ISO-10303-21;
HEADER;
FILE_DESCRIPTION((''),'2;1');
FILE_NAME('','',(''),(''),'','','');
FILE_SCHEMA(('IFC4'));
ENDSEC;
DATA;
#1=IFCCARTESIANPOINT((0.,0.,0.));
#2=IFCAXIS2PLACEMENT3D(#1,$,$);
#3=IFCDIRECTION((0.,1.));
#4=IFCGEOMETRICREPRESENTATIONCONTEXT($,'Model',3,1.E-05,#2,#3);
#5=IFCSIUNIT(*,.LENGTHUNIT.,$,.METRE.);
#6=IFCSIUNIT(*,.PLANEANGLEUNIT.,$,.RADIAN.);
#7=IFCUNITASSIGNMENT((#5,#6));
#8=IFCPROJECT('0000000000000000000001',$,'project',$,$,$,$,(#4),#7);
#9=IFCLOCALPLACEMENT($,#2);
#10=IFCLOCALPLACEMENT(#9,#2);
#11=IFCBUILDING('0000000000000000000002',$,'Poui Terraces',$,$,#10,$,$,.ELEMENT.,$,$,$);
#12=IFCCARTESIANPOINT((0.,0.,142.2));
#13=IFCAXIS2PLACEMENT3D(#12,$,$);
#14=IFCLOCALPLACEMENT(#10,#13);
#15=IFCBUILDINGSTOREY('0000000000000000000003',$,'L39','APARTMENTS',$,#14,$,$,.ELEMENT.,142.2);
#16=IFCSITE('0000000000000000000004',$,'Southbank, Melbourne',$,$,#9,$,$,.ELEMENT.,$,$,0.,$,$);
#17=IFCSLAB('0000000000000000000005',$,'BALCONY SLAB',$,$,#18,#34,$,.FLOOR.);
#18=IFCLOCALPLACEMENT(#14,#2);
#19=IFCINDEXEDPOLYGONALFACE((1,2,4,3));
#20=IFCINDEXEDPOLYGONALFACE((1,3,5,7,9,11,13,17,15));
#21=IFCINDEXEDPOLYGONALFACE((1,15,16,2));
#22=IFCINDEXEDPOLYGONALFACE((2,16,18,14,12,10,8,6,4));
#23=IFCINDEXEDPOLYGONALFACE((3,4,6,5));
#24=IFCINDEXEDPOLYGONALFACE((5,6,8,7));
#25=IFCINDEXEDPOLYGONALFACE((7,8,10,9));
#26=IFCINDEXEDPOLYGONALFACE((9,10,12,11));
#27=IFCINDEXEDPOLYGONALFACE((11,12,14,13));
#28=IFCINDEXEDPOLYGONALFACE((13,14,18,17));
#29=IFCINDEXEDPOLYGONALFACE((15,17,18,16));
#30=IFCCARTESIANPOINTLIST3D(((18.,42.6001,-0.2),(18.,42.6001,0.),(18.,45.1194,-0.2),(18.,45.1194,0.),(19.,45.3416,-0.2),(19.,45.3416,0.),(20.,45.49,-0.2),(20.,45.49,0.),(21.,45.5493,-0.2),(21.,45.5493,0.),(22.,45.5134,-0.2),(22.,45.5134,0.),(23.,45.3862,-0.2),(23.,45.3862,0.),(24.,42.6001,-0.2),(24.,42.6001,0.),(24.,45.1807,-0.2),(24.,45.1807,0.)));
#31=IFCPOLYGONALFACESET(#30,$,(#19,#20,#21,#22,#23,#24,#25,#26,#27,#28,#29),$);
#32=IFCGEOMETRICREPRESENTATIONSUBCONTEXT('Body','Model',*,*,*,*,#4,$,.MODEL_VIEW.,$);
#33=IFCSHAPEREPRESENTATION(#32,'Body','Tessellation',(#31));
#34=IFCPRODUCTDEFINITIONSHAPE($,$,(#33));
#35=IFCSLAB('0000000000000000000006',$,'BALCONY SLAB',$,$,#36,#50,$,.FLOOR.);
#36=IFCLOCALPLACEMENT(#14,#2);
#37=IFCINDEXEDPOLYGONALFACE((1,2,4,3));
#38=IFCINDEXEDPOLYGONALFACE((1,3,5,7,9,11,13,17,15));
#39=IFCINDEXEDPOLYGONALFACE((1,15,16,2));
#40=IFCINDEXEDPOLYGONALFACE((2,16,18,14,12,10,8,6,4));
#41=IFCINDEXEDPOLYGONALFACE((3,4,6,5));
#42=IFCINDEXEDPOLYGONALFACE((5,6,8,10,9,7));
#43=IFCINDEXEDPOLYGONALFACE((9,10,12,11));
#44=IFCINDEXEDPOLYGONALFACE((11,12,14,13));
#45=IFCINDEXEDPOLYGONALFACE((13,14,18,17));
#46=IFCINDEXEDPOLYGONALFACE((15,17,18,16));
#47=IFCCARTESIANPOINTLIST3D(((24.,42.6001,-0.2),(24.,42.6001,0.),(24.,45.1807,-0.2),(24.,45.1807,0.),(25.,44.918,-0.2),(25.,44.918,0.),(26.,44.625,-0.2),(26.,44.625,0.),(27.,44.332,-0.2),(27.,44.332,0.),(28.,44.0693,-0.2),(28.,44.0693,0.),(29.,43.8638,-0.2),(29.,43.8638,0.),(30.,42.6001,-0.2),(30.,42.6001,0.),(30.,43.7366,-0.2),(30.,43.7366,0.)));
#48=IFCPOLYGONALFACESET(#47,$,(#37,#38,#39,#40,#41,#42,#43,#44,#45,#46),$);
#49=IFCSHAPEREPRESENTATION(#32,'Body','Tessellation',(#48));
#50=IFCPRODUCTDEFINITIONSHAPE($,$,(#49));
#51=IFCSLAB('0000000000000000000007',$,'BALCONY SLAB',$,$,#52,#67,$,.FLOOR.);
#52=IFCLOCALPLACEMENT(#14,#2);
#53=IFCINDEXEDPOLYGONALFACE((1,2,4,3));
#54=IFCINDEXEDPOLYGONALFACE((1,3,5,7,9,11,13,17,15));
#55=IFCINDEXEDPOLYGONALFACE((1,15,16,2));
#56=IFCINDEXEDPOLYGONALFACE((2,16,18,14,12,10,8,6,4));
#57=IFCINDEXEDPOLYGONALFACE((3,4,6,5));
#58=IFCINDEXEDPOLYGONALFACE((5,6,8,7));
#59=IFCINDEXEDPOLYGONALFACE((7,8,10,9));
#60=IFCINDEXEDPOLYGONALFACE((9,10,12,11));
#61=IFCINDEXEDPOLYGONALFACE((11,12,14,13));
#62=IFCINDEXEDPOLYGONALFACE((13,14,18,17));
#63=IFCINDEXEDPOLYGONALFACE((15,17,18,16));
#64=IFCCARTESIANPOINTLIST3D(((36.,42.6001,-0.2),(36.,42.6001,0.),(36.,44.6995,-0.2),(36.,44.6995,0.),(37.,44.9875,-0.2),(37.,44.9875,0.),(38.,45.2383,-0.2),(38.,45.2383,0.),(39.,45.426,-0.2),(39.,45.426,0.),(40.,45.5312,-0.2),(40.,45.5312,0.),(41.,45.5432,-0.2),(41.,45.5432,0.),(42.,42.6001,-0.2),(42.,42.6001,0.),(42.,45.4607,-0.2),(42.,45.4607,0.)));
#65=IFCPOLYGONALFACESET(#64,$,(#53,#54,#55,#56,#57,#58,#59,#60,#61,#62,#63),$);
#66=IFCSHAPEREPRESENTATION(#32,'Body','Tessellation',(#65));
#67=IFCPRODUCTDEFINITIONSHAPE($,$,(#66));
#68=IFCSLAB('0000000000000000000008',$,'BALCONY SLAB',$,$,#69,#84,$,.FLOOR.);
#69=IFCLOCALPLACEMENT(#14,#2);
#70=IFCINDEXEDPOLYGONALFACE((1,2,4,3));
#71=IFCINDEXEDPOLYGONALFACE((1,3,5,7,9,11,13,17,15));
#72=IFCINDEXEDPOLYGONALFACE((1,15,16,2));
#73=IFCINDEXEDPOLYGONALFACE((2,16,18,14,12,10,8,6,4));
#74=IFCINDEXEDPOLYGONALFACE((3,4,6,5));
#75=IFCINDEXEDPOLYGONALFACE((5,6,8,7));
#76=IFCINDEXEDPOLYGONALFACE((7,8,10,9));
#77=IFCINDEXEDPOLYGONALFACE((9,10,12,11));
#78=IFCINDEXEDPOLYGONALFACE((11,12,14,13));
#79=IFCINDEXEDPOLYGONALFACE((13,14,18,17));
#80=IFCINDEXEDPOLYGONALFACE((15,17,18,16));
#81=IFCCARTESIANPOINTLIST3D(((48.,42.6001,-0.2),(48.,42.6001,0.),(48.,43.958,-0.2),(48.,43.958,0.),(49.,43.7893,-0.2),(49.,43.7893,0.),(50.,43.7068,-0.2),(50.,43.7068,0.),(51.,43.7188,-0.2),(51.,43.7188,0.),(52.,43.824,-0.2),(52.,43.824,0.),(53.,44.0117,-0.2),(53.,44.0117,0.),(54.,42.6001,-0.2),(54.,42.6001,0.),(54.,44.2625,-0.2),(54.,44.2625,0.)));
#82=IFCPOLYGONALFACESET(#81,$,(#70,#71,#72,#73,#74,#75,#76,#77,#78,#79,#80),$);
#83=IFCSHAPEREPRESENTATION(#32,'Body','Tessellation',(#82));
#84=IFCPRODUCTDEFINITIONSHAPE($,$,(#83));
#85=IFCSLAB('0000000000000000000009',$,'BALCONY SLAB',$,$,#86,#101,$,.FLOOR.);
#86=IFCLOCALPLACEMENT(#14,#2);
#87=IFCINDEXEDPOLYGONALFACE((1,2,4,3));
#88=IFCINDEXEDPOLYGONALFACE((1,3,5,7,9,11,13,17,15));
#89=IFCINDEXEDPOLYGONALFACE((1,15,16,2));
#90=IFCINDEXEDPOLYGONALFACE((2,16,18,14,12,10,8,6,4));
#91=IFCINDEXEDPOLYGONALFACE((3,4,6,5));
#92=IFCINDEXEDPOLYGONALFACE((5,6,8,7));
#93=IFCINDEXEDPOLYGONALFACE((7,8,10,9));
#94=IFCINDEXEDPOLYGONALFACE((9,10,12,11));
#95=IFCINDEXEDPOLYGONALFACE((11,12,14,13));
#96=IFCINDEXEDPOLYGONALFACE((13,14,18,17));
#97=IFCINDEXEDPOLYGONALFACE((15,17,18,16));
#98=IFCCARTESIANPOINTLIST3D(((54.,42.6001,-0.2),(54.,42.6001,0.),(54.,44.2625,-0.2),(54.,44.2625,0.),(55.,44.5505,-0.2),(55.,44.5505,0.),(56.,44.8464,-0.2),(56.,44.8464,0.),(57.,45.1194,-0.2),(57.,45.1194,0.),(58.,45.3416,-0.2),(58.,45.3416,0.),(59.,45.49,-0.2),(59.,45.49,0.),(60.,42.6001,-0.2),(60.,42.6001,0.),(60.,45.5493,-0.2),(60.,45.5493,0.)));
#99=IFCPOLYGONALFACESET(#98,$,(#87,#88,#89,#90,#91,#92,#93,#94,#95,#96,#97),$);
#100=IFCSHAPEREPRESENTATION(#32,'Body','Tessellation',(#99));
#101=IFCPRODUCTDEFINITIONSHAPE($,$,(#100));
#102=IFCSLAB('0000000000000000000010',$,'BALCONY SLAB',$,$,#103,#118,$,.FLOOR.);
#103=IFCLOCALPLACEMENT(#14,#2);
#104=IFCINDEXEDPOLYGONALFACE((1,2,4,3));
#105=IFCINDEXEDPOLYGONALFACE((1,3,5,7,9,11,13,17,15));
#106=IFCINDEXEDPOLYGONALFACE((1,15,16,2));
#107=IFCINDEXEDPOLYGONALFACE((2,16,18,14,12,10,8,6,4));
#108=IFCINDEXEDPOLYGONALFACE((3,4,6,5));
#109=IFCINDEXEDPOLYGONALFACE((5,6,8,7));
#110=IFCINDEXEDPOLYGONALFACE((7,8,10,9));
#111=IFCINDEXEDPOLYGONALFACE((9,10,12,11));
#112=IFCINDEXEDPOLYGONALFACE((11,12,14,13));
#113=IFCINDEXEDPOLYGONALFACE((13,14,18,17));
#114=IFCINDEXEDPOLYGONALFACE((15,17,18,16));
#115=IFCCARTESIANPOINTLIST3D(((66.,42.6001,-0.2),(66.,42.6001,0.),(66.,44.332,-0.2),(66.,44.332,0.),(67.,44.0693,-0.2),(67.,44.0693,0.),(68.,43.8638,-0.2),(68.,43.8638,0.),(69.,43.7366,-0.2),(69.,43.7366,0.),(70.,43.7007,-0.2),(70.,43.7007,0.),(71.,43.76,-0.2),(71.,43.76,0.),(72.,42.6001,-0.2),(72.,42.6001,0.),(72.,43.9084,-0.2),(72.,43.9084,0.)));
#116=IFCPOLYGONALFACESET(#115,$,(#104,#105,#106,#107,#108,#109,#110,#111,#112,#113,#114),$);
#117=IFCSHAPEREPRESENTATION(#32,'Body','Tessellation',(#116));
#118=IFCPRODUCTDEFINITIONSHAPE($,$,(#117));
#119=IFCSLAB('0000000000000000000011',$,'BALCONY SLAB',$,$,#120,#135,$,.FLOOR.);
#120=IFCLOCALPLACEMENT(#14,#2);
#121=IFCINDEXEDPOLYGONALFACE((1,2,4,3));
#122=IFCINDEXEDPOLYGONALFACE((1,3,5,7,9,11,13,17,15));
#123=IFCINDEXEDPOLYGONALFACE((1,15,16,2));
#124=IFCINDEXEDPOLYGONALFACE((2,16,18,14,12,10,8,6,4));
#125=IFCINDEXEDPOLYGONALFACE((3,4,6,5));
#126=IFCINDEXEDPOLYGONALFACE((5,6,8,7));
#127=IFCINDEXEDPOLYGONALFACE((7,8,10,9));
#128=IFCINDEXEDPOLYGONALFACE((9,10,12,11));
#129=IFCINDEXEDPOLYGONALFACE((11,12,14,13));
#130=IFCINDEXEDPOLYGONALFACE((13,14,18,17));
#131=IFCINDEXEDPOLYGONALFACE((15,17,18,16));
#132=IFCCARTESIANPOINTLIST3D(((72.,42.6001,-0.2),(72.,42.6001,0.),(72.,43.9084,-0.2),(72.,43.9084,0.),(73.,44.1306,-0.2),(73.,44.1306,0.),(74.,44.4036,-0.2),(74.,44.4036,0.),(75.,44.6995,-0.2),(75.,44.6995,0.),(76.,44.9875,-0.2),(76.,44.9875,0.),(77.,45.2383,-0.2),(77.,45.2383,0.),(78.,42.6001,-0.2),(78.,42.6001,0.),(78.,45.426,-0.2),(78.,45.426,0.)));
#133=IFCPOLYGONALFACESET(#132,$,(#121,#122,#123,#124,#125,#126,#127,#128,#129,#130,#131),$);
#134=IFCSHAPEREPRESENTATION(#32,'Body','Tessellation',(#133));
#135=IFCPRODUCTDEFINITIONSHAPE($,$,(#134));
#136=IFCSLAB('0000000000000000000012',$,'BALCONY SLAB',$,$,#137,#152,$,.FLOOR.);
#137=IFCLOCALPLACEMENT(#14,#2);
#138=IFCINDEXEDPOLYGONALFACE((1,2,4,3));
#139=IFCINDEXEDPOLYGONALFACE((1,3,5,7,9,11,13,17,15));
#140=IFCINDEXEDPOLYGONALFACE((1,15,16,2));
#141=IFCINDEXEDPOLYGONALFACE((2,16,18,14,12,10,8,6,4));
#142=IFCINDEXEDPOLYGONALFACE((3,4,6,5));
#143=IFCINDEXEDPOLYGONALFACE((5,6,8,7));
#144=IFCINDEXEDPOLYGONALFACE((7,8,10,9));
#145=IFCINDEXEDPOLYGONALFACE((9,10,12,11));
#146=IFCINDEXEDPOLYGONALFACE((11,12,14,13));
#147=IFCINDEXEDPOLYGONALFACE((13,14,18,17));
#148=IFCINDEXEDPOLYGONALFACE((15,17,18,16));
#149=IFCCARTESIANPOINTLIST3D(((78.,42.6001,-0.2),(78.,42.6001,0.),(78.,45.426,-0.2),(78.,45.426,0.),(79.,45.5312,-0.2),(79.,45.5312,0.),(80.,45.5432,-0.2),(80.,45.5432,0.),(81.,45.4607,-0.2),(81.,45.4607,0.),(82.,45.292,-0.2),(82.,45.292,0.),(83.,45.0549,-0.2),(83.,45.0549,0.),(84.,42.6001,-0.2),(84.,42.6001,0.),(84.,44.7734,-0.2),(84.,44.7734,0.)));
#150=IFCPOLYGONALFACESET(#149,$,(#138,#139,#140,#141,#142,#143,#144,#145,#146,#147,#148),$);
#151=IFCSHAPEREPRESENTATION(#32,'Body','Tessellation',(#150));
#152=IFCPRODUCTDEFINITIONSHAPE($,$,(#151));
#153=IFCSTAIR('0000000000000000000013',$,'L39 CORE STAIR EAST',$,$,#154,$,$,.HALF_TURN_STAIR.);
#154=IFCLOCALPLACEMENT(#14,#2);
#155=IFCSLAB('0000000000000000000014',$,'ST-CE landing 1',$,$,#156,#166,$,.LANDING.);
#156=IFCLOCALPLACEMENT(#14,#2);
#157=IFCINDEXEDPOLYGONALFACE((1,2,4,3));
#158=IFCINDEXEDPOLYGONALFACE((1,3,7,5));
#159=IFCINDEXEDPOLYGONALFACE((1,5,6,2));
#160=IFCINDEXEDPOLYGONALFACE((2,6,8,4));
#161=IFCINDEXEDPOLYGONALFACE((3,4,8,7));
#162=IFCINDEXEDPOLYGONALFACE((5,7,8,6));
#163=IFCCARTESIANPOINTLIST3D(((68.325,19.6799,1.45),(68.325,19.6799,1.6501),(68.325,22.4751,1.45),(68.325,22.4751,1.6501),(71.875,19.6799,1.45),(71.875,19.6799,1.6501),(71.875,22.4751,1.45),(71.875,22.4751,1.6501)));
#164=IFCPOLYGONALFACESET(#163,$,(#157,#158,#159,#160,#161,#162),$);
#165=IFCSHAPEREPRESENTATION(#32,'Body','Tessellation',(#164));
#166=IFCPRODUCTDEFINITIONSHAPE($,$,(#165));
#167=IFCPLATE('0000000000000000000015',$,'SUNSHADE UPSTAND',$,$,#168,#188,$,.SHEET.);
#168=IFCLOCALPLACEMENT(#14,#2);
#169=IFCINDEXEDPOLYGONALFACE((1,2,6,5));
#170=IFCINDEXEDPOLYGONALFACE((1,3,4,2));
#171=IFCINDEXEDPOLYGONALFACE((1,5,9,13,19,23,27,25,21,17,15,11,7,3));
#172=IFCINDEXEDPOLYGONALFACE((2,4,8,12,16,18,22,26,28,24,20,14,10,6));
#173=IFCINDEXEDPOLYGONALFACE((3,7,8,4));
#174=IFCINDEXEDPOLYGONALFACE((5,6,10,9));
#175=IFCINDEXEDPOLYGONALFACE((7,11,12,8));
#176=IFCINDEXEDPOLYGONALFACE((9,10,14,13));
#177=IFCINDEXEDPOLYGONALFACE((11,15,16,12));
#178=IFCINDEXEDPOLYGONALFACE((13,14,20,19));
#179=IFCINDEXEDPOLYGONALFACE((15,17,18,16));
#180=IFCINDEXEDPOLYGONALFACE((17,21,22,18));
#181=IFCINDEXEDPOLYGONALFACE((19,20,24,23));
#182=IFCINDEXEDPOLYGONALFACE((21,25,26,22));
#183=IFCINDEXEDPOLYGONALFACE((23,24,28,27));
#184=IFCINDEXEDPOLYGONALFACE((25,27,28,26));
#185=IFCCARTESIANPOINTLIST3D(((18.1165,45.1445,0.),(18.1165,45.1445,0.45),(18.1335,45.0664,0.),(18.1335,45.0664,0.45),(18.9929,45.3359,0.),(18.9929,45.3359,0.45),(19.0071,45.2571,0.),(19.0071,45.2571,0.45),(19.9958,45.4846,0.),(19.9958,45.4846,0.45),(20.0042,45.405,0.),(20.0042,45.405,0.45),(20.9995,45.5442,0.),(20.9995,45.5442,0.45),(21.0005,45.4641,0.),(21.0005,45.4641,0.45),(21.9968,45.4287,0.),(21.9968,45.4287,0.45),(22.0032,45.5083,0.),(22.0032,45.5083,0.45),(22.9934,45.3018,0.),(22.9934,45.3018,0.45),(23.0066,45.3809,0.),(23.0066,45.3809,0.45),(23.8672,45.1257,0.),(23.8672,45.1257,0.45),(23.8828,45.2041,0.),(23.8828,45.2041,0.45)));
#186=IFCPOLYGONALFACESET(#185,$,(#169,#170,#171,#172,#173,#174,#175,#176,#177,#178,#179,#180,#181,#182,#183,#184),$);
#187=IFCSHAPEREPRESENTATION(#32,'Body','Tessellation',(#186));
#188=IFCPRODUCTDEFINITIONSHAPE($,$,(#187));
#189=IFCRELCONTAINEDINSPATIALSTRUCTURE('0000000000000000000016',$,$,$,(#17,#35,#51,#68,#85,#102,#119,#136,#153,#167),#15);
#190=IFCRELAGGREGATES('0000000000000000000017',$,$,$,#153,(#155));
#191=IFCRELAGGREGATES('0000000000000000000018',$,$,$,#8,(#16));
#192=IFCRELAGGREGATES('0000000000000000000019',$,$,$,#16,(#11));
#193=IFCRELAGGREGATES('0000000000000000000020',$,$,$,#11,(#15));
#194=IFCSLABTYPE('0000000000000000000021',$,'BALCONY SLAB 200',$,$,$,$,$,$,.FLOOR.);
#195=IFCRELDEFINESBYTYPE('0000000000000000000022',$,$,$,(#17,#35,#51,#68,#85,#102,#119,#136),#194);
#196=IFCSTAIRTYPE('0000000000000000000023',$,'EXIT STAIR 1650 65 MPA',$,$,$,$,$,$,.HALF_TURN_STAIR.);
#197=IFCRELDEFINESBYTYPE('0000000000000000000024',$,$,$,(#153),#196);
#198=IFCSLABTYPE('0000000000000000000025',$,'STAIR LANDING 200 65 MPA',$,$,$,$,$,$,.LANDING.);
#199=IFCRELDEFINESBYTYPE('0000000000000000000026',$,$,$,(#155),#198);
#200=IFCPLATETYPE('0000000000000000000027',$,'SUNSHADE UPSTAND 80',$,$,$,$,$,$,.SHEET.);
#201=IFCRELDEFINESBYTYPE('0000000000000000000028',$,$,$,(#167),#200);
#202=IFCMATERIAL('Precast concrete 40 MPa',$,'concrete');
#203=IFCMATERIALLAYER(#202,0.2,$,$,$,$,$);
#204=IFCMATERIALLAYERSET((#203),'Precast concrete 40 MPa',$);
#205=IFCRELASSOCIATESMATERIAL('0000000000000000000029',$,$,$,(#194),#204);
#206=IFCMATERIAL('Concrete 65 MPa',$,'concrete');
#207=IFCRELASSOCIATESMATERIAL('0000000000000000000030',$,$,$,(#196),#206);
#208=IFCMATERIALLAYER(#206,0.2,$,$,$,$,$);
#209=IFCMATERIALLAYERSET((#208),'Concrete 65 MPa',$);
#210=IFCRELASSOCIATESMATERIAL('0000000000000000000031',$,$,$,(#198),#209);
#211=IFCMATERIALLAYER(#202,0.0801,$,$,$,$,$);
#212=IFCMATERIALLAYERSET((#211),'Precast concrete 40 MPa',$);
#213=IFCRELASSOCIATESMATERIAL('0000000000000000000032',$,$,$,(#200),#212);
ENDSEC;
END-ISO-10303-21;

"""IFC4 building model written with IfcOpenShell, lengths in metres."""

from ifc_helpers import new_model, si_unit, direction, frame, origin, place, context, subcontext, project, spatial, polyline, outline, extrude, material, layer, layer_set, type_object, element, aggregate, save


model = new_model("IFC4")

# Units and contexts
model_context = context("Model", 3, precision=1e-05, world=origin(), true_north=direction((0.0, 1.0)))
body_context = subcontext(model_context, "Body", "Model", "MODEL_VIEW")
ifc_project = project(units=[si_unit("LENGTHUNIT", "METRE"), si_unit("PLANEANGLEUNIT", "RADIAN")], contexts=[model_context])

# Site, building, storey
site_placement = place(None, origin())
site = spatial("IfcSite", under=ifc_project, at=site_placement, Name="Southbank, Melbourne", CompositionType="ELEMENT", RefElevation=0.0)
building_placement = place(site_placement, origin())
building = spatial("IfcBuilding", under=site, at=building_placement, Name="Poui Terraces", CompositionType="ELEMENT")
storey_placement = place(building_placement, frame((0.0, 0.0, 142.2)))
storey = spatial("IfcBuildingStorey", under=building, at=storey_placement, Name="L39", Description="APARTMENTS", CompositionType="ELEMENT", Elevation=142.2)

# Slabs
ifc_material_1 = material(Name="Precast concrete 40 MPa", Category="concrete")
ifc_layer_1 = layer(ifc_material_1, 0.2)
ifc_layer_set_1 = layer_set([ifc_layer_1], Name="Precast concrete 40 MPa")
slab_type_1 = type_object("IfcSlabType", Name="BALCONY SLAB 200", PredefinedType="FLOOR", material=ifc_layer_set_1)
slab_1_placement = place(storey_placement, frame((0.0, 0.0, -0.2)))
element("IfcSlab", 1, at=slab_1_placement, inside=storey, type_object=slab_type_1, Name="BALCONY SLAB", PredefinedType="FLOOR", context=body_context, shape_type="SweptSolid", body=[
    extrude(outline(polyline([(18.0, 42.6001), (24.0, 42.6001), (24.0, 45.1807), (23.0, 45.3862), (22.0, 45.5134), (21.0, 45.5493), (20.0, 45.49), (19.0, 45.3416), (18.0, 45.1194), (18.0, 42.6001)])), origin(), (0.0, 0.0, 1.0), 0.2),
])
slab_2_placement = place(storey_placement, frame((0.0, 0.0, -0.2)))
element("IfcSlab", 2, at=slab_2_placement, inside=storey, type_object=slab_type_1, Name="BALCONY SLAB", PredefinedType="FLOOR", context=body_context, shape_type="SweptSolid", body=[
    extrude(outline(polyline([(24.0, 42.6001), (30.0, 42.6001), (30.0, 43.7366), (29.0, 43.8638), (28.0, 44.0693), (27.0, 44.332), (26.0, 44.625), (25.0, 44.918), (24.0, 45.1807), (24.0, 42.6001)])), origin(), (0.0, 0.0, 1.0), 0.2),
])
slab_3_placement = place(storey_placement, frame((0.0, 0.0, -0.2)))
element("IfcSlab", 3, at=slab_3_placement, inside=storey, type_object=slab_type_1, Name="BALCONY SLAB", PredefinedType="FLOOR", context=body_context, shape_type="SweptSolid", body=[
    extrude(outline(polyline([(36.0, 42.6001), (42.0, 42.6001), (42.0, 45.4607), (41.0, 45.5432), (40.0, 45.5312), (39.0, 45.426), (38.0, 45.2383), (37.0, 44.9875), (36.0, 44.6995), (36.0, 42.6001)])), origin(), (0.0, 0.0, 1.0), 0.2),
])
slab_4_placement = place(storey_placement, frame((0.0, 0.0, -0.2)))
element("IfcSlab", 4, at=slab_4_placement, inside=storey, type_object=slab_type_1, Name="BALCONY SLAB", PredefinedType="FLOOR", context=body_context, shape_type="SweptSolid", body=[
    extrude(outline(polyline([(48.0, 42.6001), (54.0, 42.6001), (54.0, 44.2625), (53.0, 44.0117), (52.0, 43.824), (51.0, 43.7188), (50.0, 43.7068), (49.0, 43.7893), (48.0, 43.958), (48.0, 42.6001)])), origin(), (0.0, 0.0, 1.0), 0.2),
])
slab_5_placement = place(storey_placement, frame((0.0, 0.0, -0.2)))
element("IfcSlab", 5, at=slab_5_placement, inside=storey, type_object=slab_type_1, Name="BALCONY SLAB", PredefinedType="FLOOR", context=body_context, shape_type="SweptSolid", body=[
    extrude(outline(polyline([(54.0, 42.6001), (60.0, 42.6001), (60.0, 45.5493), (59.0, 45.49), (58.0, 45.3416), (57.0, 45.1194), (56.0, 44.8464), (55.0, 44.5505), (54.0, 44.2625), (54.0, 42.6001)])), origin(), (0.0, 0.0, 1.0), 0.2),
])
slab_6_placement = place(storey_placement, frame((0.0, 0.0, -0.2)))
element("IfcSlab", 6, at=slab_6_placement, inside=storey, type_object=slab_type_1, Name="BALCONY SLAB", PredefinedType="FLOOR", context=body_context, shape_type="SweptSolid", body=[
    extrude(outline(polyline([(66.0, 42.6001), (72.0, 42.6001), (72.0, 43.9084), (71.0, 43.76), (70.0, 43.7007), (69.0, 43.7366), (68.0, 43.8638), (67.0, 44.0693), (66.0, 44.332), (66.0, 42.6001)])), origin(), (0.0, 0.0, 1.0), 0.2),
])
slab_7_placement = place(storey_placement, frame((0.0, 0.0, -0.2)))
element("IfcSlab", 7, at=slab_7_placement, inside=storey, type_object=slab_type_1, Name="BALCONY SLAB", PredefinedType="FLOOR", context=body_context, shape_type="SweptSolid", body=[
    extrude(outline(polyline([(72.0, 42.6001), (78.0, 42.6001), (78.0, 45.426), (77.0, 45.2383), (76.0, 44.9875), (75.0, 44.6995), (74.0, 44.4036), (73.0, 44.1306), (72.0, 43.9084), (72.0, 42.6001)])), origin(), (0.0, 0.0, 1.0), 0.2),
])
slab_8_placement = place(storey_placement, frame((0.0, 0.0, -0.2)))
element("IfcSlab", 8, at=slab_8_placement, inside=storey, type_object=slab_type_1, Name="BALCONY SLAB", PredefinedType="FLOOR", context=body_context, shape_type="SweptSolid", body=[
    extrude(outline(polyline([(78.0, 42.6001), (84.0, 42.6001), (84.0, 44.7734), (83.0, 45.0549), (82.0, 45.292), (81.0, 45.4607), (80.0, 45.5432), (79.0, 45.5312), (78.0, 45.426), (78.0, 42.6001)])), origin(), (0.0, 0.0, 1.0), 0.2),
])

# Stair, slab
ifc_material_2 = material(Name="Concrete 65 MPa", Category="concrete")
stair_type = type_object("IfcStairType", Name="EXIT STAIR 1650 65 MPA", PredefinedType="HALF_TURN_STAIR", material=ifc_material_2)
stair_placement = place(storey_placement, origin())
stair = element("IfcStair", 9, at=stair_placement, inside=storey, type_object=stair_type, Name="L39 CORE STAIR EAST", PredefinedType="HALF_TURN_STAIR")
ifc_layer_2 = layer(ifc_material_2, 0.2)
ifc_layer_set_2 = layer_set([ifc_layer_2], Name="Concrete 65 MPa")
slab_type_2 = type_object("IfcSlabType", Name="STAIR LANDING 200 65 MPA", PredefinedType="LANDING", material=ifc_layer_set_2)
slab_9_placement = place(storey_placement, frame((0.0, 0.0, 1.45)))
slab_9 = element("IfcSlab", 10, at=slab_9_placement, type_object=slab_type_2, Name="ST-CE landing 1", PredefinedType="LANDING", context=body_context, shape_type="SweptSolid", body=[
    extrude(outline(polyline([(68.325, 19.6799), (71.875, 19.6799), (71.875, 22.4751), (68.325, 22.4751), (68.325, 19.6799)])), origin(), (0.0, 0.0, 1.0), 0.2002),
])
aggregate(stair, [slab_9])

# Plate
ifc_layer_3 = layer(ifc_material_1, 0.0801)
ifc_layer_set_3 = layer_set([ifc_layer_3], Name="Precast concrete 40 MPa")
plate_type = type_object("IfcPlateType", Name="SUNSHADE UPSTAND 80", PredefinedType="SHEET", material=ifc_layer_set_3)
plate_1_placement = place(storey_placement, origin())
element("IfcPlate", 11, at=plate_1_placement, inside=storey, type_object=plate_type, Name="SUNSHADE UPSTAND", PredefinedType="SHEET", context=body_context, shape_type="SweptSolid", body=[
    extrude(outline(polyline([(18.9929, 45.3359), (18.1165, 45.1445), (18.1335, 45.0664), (19.0071, 45.2571), (20.0042, 45.405), (21.0005, 45.4641), (21.9968, 45.4287), (22.9934, 45.3018), (23.8672, 45.1257), (23.8828, 45.2041), (23.0066, 45.3809), (22.0032, 45.5083), (20.9995, 45.5442), (19.9958, 45.4846), (18.9929, 45.3359)])), origin(), (0.0, 0.0, 1.0), 0.45),
])

save(model, "model.ifc")
